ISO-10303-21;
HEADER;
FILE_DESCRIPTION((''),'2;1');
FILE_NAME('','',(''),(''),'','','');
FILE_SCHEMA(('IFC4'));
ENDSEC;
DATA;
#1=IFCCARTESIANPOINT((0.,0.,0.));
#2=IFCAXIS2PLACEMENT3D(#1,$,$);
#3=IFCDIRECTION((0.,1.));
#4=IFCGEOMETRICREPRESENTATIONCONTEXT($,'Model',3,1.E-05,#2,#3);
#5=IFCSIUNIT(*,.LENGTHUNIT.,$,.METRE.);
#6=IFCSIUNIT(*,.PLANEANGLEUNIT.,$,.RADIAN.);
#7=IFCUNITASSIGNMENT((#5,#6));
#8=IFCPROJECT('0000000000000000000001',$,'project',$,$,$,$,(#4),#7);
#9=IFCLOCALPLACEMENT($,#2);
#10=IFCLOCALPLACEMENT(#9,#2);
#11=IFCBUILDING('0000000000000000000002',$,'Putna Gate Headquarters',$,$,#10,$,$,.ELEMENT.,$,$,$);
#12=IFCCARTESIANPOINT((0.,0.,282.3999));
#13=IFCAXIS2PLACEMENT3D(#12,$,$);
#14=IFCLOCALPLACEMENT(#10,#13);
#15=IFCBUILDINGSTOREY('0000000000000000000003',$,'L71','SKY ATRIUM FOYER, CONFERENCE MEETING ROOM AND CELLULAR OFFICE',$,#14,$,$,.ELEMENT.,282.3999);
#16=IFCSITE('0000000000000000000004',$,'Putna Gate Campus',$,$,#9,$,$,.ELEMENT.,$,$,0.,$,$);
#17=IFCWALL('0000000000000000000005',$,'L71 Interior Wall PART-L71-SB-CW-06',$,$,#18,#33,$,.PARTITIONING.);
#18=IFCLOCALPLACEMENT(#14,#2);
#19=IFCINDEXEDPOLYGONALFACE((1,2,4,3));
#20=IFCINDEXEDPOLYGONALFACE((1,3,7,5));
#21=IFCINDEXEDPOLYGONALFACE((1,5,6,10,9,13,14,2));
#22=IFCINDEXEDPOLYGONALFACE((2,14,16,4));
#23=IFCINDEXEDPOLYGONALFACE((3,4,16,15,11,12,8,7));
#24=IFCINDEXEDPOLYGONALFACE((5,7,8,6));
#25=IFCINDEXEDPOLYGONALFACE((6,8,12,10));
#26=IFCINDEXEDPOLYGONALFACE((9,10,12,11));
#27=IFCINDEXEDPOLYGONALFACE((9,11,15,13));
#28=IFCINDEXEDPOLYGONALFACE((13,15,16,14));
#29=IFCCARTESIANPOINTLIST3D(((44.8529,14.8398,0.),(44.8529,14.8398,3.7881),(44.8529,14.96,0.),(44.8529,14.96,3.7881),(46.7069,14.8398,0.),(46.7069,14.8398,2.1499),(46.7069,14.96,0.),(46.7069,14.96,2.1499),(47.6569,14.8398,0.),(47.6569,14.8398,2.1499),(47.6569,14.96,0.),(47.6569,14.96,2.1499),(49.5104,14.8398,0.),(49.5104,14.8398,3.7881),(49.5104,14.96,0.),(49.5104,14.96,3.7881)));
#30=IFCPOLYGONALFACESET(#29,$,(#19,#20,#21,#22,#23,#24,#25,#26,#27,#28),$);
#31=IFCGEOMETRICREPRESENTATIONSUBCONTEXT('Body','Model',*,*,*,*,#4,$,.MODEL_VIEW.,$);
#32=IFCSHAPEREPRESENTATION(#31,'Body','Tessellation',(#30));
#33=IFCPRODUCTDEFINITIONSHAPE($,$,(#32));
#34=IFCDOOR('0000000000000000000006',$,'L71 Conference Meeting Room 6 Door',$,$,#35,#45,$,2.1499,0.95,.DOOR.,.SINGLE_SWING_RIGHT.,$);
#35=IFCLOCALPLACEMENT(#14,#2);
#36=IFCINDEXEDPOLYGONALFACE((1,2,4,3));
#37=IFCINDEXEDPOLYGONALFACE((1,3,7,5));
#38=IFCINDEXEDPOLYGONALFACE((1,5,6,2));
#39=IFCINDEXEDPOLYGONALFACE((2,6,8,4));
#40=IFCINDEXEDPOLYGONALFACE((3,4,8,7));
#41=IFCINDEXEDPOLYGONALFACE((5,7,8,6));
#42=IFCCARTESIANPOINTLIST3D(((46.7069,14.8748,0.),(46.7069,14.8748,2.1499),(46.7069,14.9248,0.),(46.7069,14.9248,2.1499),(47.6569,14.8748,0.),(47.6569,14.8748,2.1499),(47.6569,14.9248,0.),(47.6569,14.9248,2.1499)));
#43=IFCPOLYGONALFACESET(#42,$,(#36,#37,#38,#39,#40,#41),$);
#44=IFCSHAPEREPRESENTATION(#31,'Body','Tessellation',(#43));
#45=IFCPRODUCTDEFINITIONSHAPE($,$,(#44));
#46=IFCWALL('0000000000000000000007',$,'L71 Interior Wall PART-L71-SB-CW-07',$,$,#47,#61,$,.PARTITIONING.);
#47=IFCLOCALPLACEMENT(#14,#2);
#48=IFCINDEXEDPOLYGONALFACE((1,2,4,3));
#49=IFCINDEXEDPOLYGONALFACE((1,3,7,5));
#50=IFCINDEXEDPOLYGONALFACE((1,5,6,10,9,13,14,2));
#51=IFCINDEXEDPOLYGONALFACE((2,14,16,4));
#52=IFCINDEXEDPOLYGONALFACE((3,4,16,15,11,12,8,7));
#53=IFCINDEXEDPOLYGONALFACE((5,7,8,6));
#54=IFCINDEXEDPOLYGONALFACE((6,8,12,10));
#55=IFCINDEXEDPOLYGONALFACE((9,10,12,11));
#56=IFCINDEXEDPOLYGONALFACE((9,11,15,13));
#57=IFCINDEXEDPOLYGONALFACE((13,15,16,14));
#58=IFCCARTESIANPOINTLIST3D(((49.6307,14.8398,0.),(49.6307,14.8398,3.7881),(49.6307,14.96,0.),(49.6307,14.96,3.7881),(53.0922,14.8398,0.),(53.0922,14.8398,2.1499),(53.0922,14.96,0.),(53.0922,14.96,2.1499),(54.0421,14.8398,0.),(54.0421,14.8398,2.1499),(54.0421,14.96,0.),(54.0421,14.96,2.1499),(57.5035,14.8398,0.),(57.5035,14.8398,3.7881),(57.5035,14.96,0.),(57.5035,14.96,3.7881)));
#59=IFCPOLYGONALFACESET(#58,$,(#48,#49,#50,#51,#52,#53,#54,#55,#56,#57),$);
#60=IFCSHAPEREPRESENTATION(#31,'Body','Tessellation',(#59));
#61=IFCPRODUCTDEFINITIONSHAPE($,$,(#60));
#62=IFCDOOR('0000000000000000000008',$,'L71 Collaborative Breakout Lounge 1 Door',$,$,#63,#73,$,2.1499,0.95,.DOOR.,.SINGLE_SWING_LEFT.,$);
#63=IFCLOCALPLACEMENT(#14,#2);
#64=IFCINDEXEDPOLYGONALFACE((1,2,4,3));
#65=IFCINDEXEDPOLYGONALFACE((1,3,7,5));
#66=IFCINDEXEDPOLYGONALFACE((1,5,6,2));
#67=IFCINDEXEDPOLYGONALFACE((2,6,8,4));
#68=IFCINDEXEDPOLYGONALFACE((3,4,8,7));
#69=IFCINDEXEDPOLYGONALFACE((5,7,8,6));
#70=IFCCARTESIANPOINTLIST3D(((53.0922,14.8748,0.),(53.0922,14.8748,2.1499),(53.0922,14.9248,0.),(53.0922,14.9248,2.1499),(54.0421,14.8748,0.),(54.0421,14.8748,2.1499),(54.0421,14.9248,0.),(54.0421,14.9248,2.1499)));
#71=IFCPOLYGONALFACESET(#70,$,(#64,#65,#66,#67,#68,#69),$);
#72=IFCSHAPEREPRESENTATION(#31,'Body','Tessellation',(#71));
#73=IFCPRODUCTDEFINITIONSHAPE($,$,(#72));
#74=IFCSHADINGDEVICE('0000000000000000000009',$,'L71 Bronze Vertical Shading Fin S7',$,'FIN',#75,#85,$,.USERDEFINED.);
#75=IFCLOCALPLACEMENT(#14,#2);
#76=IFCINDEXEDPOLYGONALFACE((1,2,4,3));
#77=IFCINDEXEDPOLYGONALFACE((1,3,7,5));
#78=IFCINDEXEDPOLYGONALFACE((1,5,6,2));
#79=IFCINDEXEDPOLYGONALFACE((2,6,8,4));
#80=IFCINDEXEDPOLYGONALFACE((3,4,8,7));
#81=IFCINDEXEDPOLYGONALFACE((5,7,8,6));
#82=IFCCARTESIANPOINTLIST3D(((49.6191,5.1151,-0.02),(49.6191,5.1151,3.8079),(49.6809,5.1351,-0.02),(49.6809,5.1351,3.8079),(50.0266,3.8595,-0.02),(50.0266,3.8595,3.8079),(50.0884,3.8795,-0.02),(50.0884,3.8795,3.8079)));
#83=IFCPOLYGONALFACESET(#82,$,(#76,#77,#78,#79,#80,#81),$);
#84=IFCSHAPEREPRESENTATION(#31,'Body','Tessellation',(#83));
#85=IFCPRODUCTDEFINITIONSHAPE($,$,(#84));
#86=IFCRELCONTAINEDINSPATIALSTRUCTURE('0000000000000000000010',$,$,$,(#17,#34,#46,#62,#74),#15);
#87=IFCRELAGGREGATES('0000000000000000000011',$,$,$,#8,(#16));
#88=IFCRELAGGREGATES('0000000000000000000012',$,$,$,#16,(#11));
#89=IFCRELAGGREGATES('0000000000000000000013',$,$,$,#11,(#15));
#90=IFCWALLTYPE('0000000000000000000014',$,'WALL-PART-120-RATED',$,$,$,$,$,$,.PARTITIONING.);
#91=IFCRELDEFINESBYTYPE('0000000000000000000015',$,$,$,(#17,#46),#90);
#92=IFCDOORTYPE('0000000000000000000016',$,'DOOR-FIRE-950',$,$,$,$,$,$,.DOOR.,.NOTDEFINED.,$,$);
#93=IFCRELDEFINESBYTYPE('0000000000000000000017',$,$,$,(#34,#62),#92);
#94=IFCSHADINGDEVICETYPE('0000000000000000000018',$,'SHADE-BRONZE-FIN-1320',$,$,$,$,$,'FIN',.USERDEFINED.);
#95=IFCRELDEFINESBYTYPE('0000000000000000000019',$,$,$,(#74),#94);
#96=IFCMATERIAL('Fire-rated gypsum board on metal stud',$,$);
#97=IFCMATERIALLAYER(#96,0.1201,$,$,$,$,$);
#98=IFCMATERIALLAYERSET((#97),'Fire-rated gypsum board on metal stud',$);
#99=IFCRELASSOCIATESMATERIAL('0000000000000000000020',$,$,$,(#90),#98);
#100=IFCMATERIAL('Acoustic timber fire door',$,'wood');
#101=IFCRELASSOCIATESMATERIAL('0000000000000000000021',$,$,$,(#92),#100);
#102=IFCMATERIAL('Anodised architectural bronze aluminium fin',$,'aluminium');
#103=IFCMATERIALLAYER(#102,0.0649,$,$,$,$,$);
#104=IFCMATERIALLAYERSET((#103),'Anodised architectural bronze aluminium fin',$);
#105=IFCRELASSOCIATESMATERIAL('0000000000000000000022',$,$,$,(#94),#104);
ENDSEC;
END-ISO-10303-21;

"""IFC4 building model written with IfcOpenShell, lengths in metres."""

from ifc_helpers import new_model, si_unit, direction, frame, frame_2d, origin, origin_2d, place, context, subcontext, project, spatial, rectangle, extrude, material, layer, layer_set, type_object, element, fill, save


model = new_model("IFC4")

# Units and contexts
model_context = context("Model", 3, precision=1e-05, world=origin(), true_north=direction((0.0, 1.0)))
body_context = subcontext(model_context, "Body", "Model", "MODEL_VIEW")
ifc_project = project(units=[si_unit("LENGTHUNIT", "METRE"), si_unit("PLANEANGLEUNIT", "RADIAN")], contexts=[model_context])

# Site, building, storey
site_placement = place(None, origin())
site = spatial("IfcSite", under=ifc_project, at=site_placement, Name="Putna Gate Campus", CompositionType="ELEMENT", RefElevation=0.0)
building_placement = place(site_placement, origin())
building = spatial("IfcBuilding", under=site, at=building_placement, Name="Putna Gate Headquarters", CompositionType="ELEMENT")
storey_placement = place(building_placement, frame((0.0, 0.0, 282.3999)))
storey = spatial("IfcBuildingStorey", under=building, at=storey_placement, Name="L71", Description="SKY ATRIUM FOYER, CONFERENCE MEETING ROOM AND CELLULAR OFFICE", CompositionType="ELEMENT", Elevation=282.3999)

# Walls, openings, doors
ifc_material_1 = material(Name="Fire-rated gypsum board on metal stud")
ifc_layer_1 = layer(ifc_material_1, 0.1201)
ifc_layer_set_1 = layer_set([ifc_layer_1], Name="Fire-rated gypsum board on metal stud")
wall_type_1 = type_object("IfcWallType", Name="WALL-PART-120-RATED", PredefinedType="PARTITIONING", material=ifc_layer_set_1)
wall_1_placement = place(storey_placement, frame((44.853, 14.8999, 0.0), z_axis=(0.0, 0.0, 1.0), x_axis=(1.0, 0.0, 0.0)))
wall_1 = element("IfcWall", 1, at=wall_1_placement, inside=storey, type_object=wall_type_1, Name="L71 Interior Wall PART-L71-SB-CW-06", PredefinedType="PARTITIONING", context=body_context, shape_type="SweptSolid", body=[
    extrude(rectangle(XDim=4.6575, YDim=0.1201, at=frame_2d((2.3286, 0.0))), origin(), (0.0, 0.0, 1.0), 3.7881),
])
opening_1_placement = place(wall_1_placement, frame((1.8538, 0.0, 0.0)))
opening_1 = element("IfcOpeningElement", 2, at=opening_1_placement, cuts=wall_1, PredefinedType="OPENING", context=body_context, shape_type="SweptSolid", body=[
    extrude(rectangle(XDim=0.95, YDim=2.1499, at=frame_2d((0.4751, 1.075))), frame((0.0, 0.0701, 0.0), z_axis=(0.0, -1.0, 0.0), x_axis=(1.0, 0.0, 0.0)), (0.0, 0.0, 1.0), 0.1401),
])
ifc_material_2 = material(Name="Acoustic timber fire door", Category="wood")
door_type = type_object("IfcDoorType", Name="DOOR-FIRE-950", OperationType="NOTDEFINED", PredefinedType="DOOR", material=ifc_material_2)
door_1_placement = place(opening_1_placement, origin())
door_1 = element("IfcDoor", 3, at=door_1_placement, inside=storey, type_object=door_type, Name="L71 Conference Meeting Room 6 Door", OperationType="SINGLE_SWING_RIGHT", OverallHeight=2.1499, OverallWidth=0.95, PredefinedType="DOOR", context=body_context, shape_type="SweptSolid", body=[
    extrude(rectangle(XDim=0.95, YDim=2.1499, at=frame_2d((0.4751, 1.075))), frame((0.0, 0.0249, 0.0), z_axis=(0.0, -1.0, 0.0), x_axis=(1.0, 0.0, 0.0)), (0.0, 0.0, 1.0), 0.05),
])
fill(opening_1, door_1)
wall_2_placement = place(storey_placement, frame((49.6306, 14.8999, 0.0), z_axis=(0.0, 0.0, 1.0), x_axis=(1.0, 0.0, 0.0)))
wall_2 = element("IfcWall", 4, at=wall_2_placement, inside=storey, type_object=wall_type_1, Name="L71 Interior Wall PART-L71-SB-CW-07", PredefinedType="PARTITIONING", context=body_context, shape_type="SweptSolid", body=[
    extrude(rectangle(XDim=7.8728, YDim=0.1201, at=frame_2d((3.9365, 0.0))), origin(), (0.0, 0.0, 1.0), 3.7881),
])
opening_2_placement = place(wall_2_placement, frame((3.4614, 0.0, 0.0)))
opening_2 = element("IfcOpeningElement", 5, at=opening_2_placement, cuts=wall_2, PredefinedType="OPENING", context=body_context, shape_type="SweptSolid", body=[
    extrude(rectangle(XDim=0.95, YDim=2.1499, at=frame_2d((0.4751, 1.075))), frame((0.0, 0.0701, 0.0), z_axis=(0.0, -1.0, 0.0), x_axis=(1.0, 0.0, 0.0)), (0.0, 0.0, 1.0), 0.1401),
])
door_2_placement = place(opening_2_placement, origin())
door_2 = element("IfcDoor", 6, at=door_2_placement, inside=storey, type_object=door_type, Name="L71 Collaborative Breakout Lounge 1 Door", OperationType="SINGLE_SWING_LEFT", OverallHeight=2.1499, OverallWidth=0.95, PredefinedType="DOOR", context=body_context, shape_type="SweptSolid", body=[
    extrude(rectangle(XDim=0.95, YDim=2.1499, at=frame_2d((0.4751, 1.075))), frame((0.0, 0.0249, 0.0), z_axis=(0.0, -1.0, 0.0), x_axis=(1.0, 0.0, 0.0)), (0.0, 0.0, 1.0), 0.05),
])
fill(opening_2, door_2)

# Shading device
ifc_material_3 = material(Name="Anodised architectural bronze aluminium fin", Category="aluminium")
ifc_layer_2 = layer(ifc_material_3, 0.0649)
ifc_layer_set_2 = layer_set([ifc_layer_2], Name="Anodised architectural bronze aluminium fin")
shading_device_type = type_object("IfcShadingDeviceType", Name="SHADE-BRONZE-FIN-1320", ElementType="FIN", PredefinedType="USERDEFINED", material=ifc_layer_set_2)
shading_device_placement = place(storey_placement, frame((49.8538, 4.4973, -0.02), z_axis=(0.0, 0.0, 1.0), x_axis=(0.308685, -0.951164, 0.0)))
element("IfcShadingDevice", 7, at=shading_device_placement, inside=storey, type_object=shading_device_type, Name="L71 Bronze Vertical Shading Fin S7", ObjectType="FIN", PredefinedType="USERDEFINED", context=body_context, shape_type="SweptSolid", body=[
    extrude(rectangle(XDim=1.3201, YDim=0.0649, at=origin_2d()), origin(), (0.0, 0.0, 1.0), 3.8279),
])

save(model, "model.ifc")
